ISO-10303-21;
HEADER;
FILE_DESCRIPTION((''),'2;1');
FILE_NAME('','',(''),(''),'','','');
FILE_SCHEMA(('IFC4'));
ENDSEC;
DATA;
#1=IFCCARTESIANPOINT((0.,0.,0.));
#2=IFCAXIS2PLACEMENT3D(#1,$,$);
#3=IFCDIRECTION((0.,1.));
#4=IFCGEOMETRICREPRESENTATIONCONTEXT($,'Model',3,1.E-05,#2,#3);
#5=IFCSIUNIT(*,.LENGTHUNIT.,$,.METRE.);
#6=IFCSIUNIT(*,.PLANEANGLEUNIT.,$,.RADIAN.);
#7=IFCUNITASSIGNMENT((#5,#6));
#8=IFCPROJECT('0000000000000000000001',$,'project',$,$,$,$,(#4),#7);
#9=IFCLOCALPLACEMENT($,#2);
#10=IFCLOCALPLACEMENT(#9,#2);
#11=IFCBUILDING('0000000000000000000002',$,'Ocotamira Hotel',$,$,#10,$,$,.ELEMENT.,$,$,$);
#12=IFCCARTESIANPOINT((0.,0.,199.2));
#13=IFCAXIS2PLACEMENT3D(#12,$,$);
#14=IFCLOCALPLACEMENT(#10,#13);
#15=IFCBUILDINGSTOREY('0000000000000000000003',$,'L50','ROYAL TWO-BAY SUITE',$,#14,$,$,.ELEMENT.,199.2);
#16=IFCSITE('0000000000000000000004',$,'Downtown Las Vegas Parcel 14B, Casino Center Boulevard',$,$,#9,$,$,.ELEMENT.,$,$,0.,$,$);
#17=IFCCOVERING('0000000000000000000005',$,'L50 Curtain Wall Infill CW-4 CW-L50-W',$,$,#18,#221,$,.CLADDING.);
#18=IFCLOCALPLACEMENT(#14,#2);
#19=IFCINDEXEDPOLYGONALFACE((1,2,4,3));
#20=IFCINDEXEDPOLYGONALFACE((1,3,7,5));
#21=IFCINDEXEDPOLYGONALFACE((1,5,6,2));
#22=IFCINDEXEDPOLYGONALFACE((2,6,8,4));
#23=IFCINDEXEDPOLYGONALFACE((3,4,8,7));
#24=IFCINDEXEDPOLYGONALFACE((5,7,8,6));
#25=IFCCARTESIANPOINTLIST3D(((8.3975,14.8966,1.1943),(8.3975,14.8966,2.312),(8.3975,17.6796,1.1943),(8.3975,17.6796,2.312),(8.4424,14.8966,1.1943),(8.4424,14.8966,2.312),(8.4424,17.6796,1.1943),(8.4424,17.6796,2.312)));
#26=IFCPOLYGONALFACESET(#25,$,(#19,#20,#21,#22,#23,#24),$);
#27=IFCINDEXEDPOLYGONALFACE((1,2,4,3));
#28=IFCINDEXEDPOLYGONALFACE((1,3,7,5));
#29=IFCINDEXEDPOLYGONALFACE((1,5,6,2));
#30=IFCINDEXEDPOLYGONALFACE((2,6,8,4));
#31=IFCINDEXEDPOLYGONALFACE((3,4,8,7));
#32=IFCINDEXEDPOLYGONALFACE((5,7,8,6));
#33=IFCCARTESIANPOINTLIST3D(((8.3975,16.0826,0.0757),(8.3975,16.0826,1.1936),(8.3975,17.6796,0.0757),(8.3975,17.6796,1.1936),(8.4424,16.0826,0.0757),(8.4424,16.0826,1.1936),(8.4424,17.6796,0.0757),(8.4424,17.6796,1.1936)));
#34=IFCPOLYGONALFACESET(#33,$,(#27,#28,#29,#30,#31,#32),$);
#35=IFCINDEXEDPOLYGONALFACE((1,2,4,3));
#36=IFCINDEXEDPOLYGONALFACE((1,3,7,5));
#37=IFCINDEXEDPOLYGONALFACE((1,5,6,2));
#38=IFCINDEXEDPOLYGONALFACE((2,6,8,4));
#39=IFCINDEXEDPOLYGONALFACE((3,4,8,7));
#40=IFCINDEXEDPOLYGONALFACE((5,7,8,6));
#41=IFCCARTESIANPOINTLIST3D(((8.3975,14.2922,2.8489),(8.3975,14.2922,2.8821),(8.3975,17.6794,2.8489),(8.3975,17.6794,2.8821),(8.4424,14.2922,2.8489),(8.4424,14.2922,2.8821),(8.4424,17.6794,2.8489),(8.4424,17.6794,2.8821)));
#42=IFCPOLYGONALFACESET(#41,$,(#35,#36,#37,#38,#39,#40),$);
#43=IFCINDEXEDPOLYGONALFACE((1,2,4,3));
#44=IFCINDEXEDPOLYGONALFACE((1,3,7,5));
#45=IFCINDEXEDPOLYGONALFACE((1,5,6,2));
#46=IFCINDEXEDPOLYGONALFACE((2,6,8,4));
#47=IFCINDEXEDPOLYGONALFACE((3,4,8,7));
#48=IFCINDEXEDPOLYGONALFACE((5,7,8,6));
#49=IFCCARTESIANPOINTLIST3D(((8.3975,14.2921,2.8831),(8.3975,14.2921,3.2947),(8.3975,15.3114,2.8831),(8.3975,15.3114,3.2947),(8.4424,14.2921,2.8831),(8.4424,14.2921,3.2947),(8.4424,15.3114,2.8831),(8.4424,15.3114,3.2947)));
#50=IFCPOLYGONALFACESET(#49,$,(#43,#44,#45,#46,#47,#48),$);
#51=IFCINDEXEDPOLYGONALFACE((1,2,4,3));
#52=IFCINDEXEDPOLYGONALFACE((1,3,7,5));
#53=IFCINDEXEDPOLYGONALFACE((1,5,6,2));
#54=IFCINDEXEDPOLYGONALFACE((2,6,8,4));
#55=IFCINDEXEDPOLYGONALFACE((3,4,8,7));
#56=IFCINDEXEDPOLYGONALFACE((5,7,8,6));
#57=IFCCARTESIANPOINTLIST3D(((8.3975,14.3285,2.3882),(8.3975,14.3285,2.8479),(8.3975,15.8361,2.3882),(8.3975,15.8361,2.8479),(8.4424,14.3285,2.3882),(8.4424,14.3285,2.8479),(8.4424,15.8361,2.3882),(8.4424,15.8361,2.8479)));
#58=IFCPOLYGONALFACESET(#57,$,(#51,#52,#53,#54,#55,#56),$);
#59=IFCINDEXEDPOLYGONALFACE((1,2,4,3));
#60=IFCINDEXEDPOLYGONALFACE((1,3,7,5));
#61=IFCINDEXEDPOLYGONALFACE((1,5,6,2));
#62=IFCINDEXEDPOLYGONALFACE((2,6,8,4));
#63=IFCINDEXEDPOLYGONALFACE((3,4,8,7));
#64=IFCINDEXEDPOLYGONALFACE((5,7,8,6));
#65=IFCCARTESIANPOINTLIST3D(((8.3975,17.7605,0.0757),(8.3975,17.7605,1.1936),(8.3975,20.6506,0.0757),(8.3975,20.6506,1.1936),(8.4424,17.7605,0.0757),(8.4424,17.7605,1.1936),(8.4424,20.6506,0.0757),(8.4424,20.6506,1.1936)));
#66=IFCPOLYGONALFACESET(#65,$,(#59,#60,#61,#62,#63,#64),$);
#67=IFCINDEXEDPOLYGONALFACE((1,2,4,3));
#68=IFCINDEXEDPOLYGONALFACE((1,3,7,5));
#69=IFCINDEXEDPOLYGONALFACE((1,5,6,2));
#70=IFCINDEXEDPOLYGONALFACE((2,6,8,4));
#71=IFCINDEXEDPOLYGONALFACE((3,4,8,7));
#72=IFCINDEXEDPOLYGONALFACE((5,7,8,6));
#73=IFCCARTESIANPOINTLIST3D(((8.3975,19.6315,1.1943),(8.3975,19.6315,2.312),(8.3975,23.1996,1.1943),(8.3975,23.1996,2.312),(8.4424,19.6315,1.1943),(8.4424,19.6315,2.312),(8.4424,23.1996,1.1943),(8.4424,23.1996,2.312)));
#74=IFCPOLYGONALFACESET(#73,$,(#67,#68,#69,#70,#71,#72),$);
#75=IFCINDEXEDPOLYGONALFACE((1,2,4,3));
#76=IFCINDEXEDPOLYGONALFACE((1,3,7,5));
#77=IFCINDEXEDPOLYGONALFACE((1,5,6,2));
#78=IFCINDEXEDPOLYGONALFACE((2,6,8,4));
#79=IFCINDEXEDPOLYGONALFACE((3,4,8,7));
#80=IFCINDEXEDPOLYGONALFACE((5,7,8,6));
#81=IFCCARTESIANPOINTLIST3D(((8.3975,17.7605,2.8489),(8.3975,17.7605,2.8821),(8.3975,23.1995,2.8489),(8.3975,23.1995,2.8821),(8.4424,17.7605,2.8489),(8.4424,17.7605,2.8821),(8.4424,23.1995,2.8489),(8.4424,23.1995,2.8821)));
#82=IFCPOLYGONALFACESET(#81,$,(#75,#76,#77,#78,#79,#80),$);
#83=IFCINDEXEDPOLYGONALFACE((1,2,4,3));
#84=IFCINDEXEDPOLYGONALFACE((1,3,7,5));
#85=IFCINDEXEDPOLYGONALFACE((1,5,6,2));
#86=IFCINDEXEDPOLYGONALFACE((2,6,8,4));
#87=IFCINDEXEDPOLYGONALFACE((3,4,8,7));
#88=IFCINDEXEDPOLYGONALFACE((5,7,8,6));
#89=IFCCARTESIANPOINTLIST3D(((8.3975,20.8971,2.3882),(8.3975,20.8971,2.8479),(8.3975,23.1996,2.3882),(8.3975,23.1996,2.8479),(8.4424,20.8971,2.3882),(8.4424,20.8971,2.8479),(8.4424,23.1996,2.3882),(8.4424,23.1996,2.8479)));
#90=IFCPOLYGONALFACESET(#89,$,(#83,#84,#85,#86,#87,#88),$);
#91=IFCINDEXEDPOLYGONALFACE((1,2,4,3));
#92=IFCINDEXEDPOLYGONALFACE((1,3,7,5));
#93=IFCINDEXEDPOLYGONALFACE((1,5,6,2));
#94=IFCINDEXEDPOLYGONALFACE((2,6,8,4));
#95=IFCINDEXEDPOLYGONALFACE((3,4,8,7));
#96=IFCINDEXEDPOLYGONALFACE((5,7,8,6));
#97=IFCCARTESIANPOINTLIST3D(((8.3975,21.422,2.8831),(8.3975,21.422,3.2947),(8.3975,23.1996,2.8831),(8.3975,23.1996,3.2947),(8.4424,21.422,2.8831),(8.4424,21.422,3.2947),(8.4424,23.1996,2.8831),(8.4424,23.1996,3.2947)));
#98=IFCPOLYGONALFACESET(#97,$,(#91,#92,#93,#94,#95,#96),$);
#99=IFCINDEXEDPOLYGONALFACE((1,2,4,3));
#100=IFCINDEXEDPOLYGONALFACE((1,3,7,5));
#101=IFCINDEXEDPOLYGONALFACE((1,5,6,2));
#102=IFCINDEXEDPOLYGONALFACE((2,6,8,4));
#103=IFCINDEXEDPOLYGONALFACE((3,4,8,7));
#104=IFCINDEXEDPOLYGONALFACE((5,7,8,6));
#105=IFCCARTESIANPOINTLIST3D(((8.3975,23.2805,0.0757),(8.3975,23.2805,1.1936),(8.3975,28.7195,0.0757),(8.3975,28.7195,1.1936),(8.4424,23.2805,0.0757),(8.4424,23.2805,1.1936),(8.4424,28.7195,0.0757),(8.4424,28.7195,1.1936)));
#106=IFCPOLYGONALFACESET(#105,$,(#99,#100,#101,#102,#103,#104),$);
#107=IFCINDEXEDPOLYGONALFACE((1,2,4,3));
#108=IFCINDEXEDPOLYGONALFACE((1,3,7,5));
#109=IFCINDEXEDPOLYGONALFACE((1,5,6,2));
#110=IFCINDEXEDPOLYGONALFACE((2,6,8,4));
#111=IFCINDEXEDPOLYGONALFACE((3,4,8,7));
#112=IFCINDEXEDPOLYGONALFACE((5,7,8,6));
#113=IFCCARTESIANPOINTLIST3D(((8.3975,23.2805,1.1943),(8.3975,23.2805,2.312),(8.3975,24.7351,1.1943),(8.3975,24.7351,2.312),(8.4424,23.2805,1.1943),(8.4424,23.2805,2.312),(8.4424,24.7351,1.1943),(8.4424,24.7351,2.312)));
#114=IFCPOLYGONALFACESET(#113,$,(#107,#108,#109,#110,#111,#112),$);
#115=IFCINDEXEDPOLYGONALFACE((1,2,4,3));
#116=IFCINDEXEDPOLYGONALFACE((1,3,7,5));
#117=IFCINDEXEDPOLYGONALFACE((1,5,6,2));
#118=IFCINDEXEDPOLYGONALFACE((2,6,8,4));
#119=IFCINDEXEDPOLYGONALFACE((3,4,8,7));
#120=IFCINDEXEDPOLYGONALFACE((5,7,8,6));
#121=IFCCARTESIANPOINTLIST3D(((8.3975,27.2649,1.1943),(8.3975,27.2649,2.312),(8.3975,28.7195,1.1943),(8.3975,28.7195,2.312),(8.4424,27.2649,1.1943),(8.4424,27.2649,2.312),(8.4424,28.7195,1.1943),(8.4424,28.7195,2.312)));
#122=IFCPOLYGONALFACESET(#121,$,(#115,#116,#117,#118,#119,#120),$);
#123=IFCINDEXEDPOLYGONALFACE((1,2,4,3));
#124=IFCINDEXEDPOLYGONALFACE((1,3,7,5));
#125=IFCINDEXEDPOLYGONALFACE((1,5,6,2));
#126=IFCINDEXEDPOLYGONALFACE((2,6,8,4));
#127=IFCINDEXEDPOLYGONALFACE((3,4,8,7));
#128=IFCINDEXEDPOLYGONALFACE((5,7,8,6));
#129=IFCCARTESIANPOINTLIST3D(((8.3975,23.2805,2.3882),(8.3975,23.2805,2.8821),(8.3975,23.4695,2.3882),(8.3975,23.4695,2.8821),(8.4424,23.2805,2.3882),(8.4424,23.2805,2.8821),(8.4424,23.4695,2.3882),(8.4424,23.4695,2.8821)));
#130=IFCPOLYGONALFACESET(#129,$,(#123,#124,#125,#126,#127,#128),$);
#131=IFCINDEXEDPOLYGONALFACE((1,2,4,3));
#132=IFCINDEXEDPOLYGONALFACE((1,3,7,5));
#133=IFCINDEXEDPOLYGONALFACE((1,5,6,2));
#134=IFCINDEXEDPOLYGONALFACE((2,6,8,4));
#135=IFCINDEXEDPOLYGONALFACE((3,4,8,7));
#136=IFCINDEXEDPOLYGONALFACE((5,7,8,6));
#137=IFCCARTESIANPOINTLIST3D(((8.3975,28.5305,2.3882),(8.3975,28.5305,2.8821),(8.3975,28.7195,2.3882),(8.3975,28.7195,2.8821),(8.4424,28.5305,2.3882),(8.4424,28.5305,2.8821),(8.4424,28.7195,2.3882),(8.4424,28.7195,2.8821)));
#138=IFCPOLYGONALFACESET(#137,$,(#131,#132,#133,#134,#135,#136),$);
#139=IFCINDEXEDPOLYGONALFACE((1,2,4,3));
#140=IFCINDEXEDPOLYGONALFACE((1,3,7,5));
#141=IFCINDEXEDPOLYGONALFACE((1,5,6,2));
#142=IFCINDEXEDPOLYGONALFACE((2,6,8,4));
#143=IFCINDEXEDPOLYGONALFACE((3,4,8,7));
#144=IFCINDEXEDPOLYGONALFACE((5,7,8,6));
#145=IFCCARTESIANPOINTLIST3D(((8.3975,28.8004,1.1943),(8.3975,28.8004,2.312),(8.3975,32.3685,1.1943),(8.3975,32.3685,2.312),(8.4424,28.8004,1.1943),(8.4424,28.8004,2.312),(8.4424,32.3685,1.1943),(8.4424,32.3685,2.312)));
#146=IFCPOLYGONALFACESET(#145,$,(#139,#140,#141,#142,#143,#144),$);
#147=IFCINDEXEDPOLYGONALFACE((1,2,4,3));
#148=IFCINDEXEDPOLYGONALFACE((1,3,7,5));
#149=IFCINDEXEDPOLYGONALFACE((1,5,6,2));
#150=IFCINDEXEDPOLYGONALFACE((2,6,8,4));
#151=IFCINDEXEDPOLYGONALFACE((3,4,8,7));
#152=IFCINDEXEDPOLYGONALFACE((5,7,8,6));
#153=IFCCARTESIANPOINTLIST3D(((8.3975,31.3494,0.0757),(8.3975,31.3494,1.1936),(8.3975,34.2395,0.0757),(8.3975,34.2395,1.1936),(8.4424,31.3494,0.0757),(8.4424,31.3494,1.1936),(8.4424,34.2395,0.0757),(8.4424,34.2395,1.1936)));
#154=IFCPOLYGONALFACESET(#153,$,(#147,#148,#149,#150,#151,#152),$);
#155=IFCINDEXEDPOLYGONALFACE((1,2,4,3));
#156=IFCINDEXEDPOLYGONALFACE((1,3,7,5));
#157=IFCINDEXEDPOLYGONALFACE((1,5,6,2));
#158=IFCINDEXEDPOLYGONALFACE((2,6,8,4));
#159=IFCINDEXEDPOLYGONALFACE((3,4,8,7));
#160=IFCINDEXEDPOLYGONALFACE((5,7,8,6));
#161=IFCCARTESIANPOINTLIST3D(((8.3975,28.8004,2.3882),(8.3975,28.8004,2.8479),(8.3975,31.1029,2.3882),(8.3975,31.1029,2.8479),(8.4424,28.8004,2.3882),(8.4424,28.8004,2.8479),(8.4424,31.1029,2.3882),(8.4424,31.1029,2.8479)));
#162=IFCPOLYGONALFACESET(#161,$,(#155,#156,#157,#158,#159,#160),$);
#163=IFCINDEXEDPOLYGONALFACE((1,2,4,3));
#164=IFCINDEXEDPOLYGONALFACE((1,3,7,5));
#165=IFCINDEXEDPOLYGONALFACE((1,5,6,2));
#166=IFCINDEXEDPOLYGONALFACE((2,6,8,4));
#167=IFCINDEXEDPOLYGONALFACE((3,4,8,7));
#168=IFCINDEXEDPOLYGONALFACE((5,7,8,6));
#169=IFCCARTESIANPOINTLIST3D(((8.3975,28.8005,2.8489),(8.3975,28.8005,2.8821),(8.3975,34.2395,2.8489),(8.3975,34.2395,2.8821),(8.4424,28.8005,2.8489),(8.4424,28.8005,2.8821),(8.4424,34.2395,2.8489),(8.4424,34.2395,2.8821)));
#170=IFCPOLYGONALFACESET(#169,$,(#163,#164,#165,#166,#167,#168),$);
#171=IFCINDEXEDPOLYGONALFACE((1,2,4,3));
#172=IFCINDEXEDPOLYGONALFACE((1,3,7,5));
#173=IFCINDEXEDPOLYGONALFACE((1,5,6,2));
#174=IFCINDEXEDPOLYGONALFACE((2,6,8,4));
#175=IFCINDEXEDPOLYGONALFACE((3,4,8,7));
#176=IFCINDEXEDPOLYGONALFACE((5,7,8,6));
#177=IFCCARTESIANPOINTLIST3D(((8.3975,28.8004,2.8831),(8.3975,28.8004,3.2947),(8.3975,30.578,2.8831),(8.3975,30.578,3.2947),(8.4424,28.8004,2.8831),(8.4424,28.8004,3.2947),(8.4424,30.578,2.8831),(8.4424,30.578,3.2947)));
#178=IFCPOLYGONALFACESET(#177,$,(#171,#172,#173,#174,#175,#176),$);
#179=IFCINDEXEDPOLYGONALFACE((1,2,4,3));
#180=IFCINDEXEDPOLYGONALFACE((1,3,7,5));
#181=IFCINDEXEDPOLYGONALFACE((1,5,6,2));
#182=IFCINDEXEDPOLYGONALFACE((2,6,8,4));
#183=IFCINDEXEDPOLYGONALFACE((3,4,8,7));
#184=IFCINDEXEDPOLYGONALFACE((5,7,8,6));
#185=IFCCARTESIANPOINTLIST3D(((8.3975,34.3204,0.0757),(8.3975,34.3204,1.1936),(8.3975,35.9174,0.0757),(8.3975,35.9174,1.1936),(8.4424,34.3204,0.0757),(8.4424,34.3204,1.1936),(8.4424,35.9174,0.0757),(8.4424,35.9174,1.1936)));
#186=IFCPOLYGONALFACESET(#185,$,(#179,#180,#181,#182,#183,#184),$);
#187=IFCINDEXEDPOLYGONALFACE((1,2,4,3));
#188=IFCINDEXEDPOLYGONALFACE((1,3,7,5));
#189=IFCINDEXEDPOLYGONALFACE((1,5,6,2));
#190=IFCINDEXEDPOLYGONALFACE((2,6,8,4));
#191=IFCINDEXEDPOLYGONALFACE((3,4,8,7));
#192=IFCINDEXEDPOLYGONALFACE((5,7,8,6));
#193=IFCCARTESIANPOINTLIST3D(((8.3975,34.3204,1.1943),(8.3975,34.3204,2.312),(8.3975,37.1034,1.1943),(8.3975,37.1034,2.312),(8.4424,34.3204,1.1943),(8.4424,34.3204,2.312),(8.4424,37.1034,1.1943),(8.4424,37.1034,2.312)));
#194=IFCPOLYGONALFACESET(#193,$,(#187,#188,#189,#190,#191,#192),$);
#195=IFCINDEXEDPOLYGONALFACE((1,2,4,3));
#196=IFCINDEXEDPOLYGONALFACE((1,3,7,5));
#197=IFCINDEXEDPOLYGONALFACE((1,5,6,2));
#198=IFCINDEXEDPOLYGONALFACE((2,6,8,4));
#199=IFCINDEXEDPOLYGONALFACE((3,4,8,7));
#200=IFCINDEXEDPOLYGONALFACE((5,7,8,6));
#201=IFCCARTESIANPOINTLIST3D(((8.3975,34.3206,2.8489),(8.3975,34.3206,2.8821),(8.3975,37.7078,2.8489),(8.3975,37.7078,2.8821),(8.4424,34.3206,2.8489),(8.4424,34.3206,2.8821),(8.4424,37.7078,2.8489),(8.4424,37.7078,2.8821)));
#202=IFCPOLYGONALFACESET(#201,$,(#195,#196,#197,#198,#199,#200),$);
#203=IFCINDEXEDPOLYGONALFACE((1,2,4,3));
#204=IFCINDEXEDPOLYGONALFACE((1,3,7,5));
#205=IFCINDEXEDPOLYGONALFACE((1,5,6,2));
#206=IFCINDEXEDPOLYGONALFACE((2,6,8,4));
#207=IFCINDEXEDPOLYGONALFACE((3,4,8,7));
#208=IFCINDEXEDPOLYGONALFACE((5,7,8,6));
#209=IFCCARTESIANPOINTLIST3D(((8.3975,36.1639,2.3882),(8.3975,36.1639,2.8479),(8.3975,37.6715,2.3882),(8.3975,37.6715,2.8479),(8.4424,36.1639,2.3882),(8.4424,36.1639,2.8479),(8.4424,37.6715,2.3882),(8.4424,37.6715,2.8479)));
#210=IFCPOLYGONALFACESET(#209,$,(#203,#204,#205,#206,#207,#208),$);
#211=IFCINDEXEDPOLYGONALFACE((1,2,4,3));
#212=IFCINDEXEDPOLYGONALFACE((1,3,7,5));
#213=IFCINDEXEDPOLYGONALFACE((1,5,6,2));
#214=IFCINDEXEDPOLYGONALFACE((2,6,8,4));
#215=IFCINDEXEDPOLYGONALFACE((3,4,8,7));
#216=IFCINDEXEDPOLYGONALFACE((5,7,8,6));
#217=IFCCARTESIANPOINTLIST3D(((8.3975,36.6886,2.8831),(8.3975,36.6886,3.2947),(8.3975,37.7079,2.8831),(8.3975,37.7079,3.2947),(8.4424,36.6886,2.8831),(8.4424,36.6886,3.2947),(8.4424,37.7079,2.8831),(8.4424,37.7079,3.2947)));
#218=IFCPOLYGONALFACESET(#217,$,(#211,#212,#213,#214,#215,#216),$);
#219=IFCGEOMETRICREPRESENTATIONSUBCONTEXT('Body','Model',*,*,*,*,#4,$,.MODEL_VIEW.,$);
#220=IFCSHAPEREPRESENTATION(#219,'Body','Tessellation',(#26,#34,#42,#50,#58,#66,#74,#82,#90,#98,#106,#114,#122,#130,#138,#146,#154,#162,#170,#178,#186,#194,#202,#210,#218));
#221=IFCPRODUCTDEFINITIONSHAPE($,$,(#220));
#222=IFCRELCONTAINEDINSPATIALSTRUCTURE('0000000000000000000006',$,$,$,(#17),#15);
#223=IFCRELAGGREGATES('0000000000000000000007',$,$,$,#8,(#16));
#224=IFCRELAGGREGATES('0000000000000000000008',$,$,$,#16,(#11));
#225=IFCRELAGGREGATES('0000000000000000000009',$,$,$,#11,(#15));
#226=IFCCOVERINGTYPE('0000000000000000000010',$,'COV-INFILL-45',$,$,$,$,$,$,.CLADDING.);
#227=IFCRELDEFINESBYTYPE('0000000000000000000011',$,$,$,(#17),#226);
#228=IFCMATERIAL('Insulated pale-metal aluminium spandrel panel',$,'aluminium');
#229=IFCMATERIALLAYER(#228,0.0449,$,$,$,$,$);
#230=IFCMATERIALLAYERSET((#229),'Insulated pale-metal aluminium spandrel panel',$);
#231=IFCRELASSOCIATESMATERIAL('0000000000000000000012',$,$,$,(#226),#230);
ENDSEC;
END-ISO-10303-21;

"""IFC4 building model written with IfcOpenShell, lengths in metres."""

from ifc_helpers import new_model, si_unit, direction, frame, origin, origin_2d, place, context, subcontext, project, spatial, rectangle, extrude, material, layer, layer_set, type_object, element, save


model = new_model("IFC4")

# Units and contexts
model_context = context("Model", 3, precision=1e-05, world=origin(), true_north=direction((0.0, 1.0)))
body_context = subcontext(model_context, "Body", "Model", "MODEL_VIEW")
ifc_project = project(units=[si_unit("LENGTHUNIT", "METRE"), si_unit("PLANEANGLEUNIT", "RADIAN")], contexts=[model_context])

# Site, building, storey
site_placement = place(None, origin())
site = spatial("IfcSite", under=ifc_project, at=site_placement, Name="Downtown Las Vegas Parcel 14B, Casino Center Boulevard", CompositionType="ELEMENT", RefElevation=0.0)
building_placement = place(site_placement, origin())
building = spatial("IfcBuilding", under=site, at=building_placement, Name="Ocotamira Hotel", CompositionType="ELEMENT")
storey_placement = place(building_placement, frame((0.0, 0.0, 199.2)))
storey = spatial("IfcBuildingStorey", under=building, at=storey_placement, Name="L50", Description="ROYAL TWO-BAY SUITE", CompositionType="ELEMENT", Elevation=199.2)

# Covering
ifc_material_1 = material(Name="Insulated pale-metal aluminium spandrel panel", Category="aluminium")
ifc_layer_1 = layer(ifc_material_1, 0.0449)
ifc_layer_set_1 = layer_set([ifc_layer_1], Name="Insulated pale-metal aluminium spandrel panel")
covering_type_1 = type_object("IfcCoveringType", Name="COV-INFILL-45", PredefinedType="CLADDING", material=ifc_layer_set_1)
covering_1_placement = place(storey_placement, origin())
element("IfcCovering", 1, at=covering_1_placement, inside=storey, type_object=covering_type_1, Name="L50 Curtain Wall Infill CW-4 CW-L50-W", PredefinedType="CLADDING", context=body_context, shape_type="SweptSolid", body=[
    extrude(rectangle(XDim=2.783, YDim=0.0449, at=origin_2d()), frame((8.4199, 16.2881, 1.1943), z_axis=(0.0, 0.0, 1.0), x_axis=(0.0, 1.0, 0.0)), (0.0, 0.0, 1.0), 1.1177),
    extrude(rectangle(XDim=1.5969, YDim=0.0449, at=origin_2d()), frame((8.4199, 16.8811, 0.0757), z_axis=(0.0, 0.0, 1.0), x_axis=(0.0, 1.0, 0.0)), (0.0, 0.0, 1.0), 1.1179),
    extrude(rectangle(XDim=3.3872, YDim=0.0449, at=origin_2d()), frame((8.4199, 15.9858, 2.8489), z_axis=(0.0, 0.0, 1.0), x_axis=(0.0, 1.0, 0.0)), (0.0, 0.0, 1.0), 0.0332),
    extrude(rectangle(XDim=1.0193, YDim=0.0449, at=origin_2d()), frame((8.4199, 14.8018, 2.8831), z_axis=(0.0, 0.0, 1.0), x_axis=(0.0, 1.0, 0.0)), (0.0, 0.0, 1.0), 0.4116),
    extrude(rectangle(XDim=1.5076, YDim=0.0449, at=origin_2d()), frame((8.4199, 15.0823, 2.3882), z_axis=(0.0, 0.0, 1.0), x_axis=(0.0, 1.0, 0.0)), (0.0, 0.0, 1.0), 0.4597),
    extrude(rectangle(XDim=2.8901, YDim=0.0449, at=origin_2d()), frame((8.4199, 19.2056, 0.0757), z_axis=(0.0, 0.0, 1.0), x_axis=(0.0, 1.0, 0.0)), (0.0, 0.0, 1.0), 1.1179),
    extrude(rectangle(XDim=3.5681, YDim=0.0449, at=origin_2d()), frame((8.4199, 21.4155, 1.1943), z_axis=(0.0, 0.0, 1.0), x_axis=(0.0, 1.0, 0.0)), (0.0, 0.0, 1.0), 1.1177),
    extrude(rectangle(XDim=5.439, YDim=0.0449, at=origin_2d()), frame((8.4199, 20.48, 2.8489), z_axis=(0.0, 0.0, 1.0), x_axis=(0.0, 1.0, 0.0)), (0.0, 0.0, 1.0), 0.0332),
    extrude(rectangle(XDim=2.3025, YDim=0.0449, at=origin_2d()), frame((8.4199, 22.0483, 2.3882), z_axis=(0.0, 0.0, 1.0), x_axis=(0.0, 1.0, 0.0)), (0.0, 0.0, 1.0), 0.4597),
    extrude(rectangle(XDim=1.7776, YDim=0.0449, at=origin_2d()), frame((8.4199, 22.3108, 2.8831), z_axis=(0.0, 0.0, 1.0), x_axis=(0.0, 1.0, 0.0)), (0.0, 0.0, 1.0), 0.4116),
    extrude(rectangle(XDim=5.439, YDim=0.0449, at=origin_2d()), frame((8.4199, 26.0, 0.0757), z_axis=(0.0, 0.0, 1.0), x_axis=(0.0, 1.0, 0.0)), (0.0, 0.0, 1.0), 1.1179),
    extrude(rectangle(XDim=1.4546, YDim=0.0449, at=origin_2d()), frame((8.4199, 24.0078, 1.1943), z_axis=(0.0, 0.0, 1.0), x_axis=(0.0, 1.0, 0.0)), (0.0, 0.0, 1.0), 1.1177),
    extrude(rectangle(XDim=1.4546, YDim=0.0449, at=origin_2d()), frame((8.4199, 27.9922, 1.1943), z_axis=(0.0, 0.0, 1.0), x_axis=(0.0, 1.0, 0.0)), (0.0, 0.0, 1.0), 1.1177),
    extrude(rectangle(XDim=0.189, YDim=0.0449, at=origin_2d()), frame((8.4199, 23.375, 2.3882), z_axis=(0.0, 0.0, 1.0), x_axis=(0.0, 1.0, 0.0)), (0.0, 0.0, 1.0), 0.4939),
    extrude(rectangle(XDim=0.189, YDim=0.0449, at=origin_2d()), frame((8.4199, 28.625, 2.3882), z_axis=(0.0, 0.0, 1.0), x_axis=(0.0, 1.0, 0.0)), (0.0, 0.0, 1.0), 0.4939),
    extrude(rectangle(XDim=3.5681, YDim=0.0449, at=origin_2d()), frame((8.4199, 30.5845, 1.1943), z_axis=(0.0, 0.0, 1.0), x_axis=(0.0, 1.0, 0.0)), (0.0, 0.0, 1.0), 1.1177),
    extrude(rectangle(XDim=2.8901, YDim=0.0449, at=origin_2d()), frame((8.4199, 32.7944, 0.0757), z_axis=(0.0, 0.0, 1.0), x_axis=(0.0, 1.0, 0.0)), (0.0, 0.0, 1.0), 1.1179),
    extrude(rectangle(XDim=2.3025, YDim=0.0449, at=origin_2d()), frame((8.4199, 29.9517, 2.3882), z_axis=(0.0, 0.0, 1.0), x_axis=(0.0, 1.0, 0.0)), (0.0, 0.0, 1.0), 0.4597),
    extrude(rectangle(XDim=5.439, YDim=0.0449, at=origin_2d()), frame((8.4199, 31.52, 2.8489), z_axis=(0.0, 0.0, 1.0), x_axis=(0.0, 1.0, 0.0)), (0.0, 0.0, 1.0), 0.0332),
    extrude(rectangle(XDim=1.7776, YDim=0.0449, at=origin_2d()), frame((8.4199, 29.6892, 2.8831), z_axis=(0.0, 0.0, 1.0), x_axis=(0.0, 1.0, 0.0)), (0.0, 0.0, 1.0), 0.4116),
    extrude(rectangle(XDim=1.5969, YDim=0.0449, at=origin_2d()), frame((8.4199, 35.1189, 0.0757), z_axis=(0.0, 0.0, 1.0), x_axis=(0.0, 1.0, 0.0)), (0.0, 0.0, 1.0), 1.1179),
    extrude(rectangle(XDim=2.783, YDim=0.0449, at=origin_2d()), frame((8.4199, 35.7119, 1.1943), z_axis=(0.0, 0.0, 1.0), x_axis=(0.0, 1.0, 0.0)), (0.0, 0.0, 1.0), 1.1177),
    extrude(rectangle(XDim=3.3872, YDim=0.0449, at=origin_2d()), frame((8.4199, 36.0142, 2.8489), z_axis=(0.0, 0.0, 1.0), x_axis=(0.0, 1.0, 0.0)), (0.0, 0.0, 1.0), 0.0332),
    extrude(rectangle(XDim=1.5076, YDim=0.0449, at=origin_2d()), frame((8.4199, 36.9177, 2.3882), z_axis=(0.0, 0.0, 1.0), x_axis=(0.0, 1.0, 0.0)), (0.0, 0.0, 1.0), 0.4597),
    extrude(rectangle(XDim=1.0193, YDim=0.0449, at=origin_2d()), frame((8.4199, 37.1982, 2.8831), z_axis=(0.0, 0.0, 1.0), x_axis=(0.0, 1.0, 0.0)), (0.0, 0.0, 1.0), 0.4116),
])

save(model, "model.ifc")
